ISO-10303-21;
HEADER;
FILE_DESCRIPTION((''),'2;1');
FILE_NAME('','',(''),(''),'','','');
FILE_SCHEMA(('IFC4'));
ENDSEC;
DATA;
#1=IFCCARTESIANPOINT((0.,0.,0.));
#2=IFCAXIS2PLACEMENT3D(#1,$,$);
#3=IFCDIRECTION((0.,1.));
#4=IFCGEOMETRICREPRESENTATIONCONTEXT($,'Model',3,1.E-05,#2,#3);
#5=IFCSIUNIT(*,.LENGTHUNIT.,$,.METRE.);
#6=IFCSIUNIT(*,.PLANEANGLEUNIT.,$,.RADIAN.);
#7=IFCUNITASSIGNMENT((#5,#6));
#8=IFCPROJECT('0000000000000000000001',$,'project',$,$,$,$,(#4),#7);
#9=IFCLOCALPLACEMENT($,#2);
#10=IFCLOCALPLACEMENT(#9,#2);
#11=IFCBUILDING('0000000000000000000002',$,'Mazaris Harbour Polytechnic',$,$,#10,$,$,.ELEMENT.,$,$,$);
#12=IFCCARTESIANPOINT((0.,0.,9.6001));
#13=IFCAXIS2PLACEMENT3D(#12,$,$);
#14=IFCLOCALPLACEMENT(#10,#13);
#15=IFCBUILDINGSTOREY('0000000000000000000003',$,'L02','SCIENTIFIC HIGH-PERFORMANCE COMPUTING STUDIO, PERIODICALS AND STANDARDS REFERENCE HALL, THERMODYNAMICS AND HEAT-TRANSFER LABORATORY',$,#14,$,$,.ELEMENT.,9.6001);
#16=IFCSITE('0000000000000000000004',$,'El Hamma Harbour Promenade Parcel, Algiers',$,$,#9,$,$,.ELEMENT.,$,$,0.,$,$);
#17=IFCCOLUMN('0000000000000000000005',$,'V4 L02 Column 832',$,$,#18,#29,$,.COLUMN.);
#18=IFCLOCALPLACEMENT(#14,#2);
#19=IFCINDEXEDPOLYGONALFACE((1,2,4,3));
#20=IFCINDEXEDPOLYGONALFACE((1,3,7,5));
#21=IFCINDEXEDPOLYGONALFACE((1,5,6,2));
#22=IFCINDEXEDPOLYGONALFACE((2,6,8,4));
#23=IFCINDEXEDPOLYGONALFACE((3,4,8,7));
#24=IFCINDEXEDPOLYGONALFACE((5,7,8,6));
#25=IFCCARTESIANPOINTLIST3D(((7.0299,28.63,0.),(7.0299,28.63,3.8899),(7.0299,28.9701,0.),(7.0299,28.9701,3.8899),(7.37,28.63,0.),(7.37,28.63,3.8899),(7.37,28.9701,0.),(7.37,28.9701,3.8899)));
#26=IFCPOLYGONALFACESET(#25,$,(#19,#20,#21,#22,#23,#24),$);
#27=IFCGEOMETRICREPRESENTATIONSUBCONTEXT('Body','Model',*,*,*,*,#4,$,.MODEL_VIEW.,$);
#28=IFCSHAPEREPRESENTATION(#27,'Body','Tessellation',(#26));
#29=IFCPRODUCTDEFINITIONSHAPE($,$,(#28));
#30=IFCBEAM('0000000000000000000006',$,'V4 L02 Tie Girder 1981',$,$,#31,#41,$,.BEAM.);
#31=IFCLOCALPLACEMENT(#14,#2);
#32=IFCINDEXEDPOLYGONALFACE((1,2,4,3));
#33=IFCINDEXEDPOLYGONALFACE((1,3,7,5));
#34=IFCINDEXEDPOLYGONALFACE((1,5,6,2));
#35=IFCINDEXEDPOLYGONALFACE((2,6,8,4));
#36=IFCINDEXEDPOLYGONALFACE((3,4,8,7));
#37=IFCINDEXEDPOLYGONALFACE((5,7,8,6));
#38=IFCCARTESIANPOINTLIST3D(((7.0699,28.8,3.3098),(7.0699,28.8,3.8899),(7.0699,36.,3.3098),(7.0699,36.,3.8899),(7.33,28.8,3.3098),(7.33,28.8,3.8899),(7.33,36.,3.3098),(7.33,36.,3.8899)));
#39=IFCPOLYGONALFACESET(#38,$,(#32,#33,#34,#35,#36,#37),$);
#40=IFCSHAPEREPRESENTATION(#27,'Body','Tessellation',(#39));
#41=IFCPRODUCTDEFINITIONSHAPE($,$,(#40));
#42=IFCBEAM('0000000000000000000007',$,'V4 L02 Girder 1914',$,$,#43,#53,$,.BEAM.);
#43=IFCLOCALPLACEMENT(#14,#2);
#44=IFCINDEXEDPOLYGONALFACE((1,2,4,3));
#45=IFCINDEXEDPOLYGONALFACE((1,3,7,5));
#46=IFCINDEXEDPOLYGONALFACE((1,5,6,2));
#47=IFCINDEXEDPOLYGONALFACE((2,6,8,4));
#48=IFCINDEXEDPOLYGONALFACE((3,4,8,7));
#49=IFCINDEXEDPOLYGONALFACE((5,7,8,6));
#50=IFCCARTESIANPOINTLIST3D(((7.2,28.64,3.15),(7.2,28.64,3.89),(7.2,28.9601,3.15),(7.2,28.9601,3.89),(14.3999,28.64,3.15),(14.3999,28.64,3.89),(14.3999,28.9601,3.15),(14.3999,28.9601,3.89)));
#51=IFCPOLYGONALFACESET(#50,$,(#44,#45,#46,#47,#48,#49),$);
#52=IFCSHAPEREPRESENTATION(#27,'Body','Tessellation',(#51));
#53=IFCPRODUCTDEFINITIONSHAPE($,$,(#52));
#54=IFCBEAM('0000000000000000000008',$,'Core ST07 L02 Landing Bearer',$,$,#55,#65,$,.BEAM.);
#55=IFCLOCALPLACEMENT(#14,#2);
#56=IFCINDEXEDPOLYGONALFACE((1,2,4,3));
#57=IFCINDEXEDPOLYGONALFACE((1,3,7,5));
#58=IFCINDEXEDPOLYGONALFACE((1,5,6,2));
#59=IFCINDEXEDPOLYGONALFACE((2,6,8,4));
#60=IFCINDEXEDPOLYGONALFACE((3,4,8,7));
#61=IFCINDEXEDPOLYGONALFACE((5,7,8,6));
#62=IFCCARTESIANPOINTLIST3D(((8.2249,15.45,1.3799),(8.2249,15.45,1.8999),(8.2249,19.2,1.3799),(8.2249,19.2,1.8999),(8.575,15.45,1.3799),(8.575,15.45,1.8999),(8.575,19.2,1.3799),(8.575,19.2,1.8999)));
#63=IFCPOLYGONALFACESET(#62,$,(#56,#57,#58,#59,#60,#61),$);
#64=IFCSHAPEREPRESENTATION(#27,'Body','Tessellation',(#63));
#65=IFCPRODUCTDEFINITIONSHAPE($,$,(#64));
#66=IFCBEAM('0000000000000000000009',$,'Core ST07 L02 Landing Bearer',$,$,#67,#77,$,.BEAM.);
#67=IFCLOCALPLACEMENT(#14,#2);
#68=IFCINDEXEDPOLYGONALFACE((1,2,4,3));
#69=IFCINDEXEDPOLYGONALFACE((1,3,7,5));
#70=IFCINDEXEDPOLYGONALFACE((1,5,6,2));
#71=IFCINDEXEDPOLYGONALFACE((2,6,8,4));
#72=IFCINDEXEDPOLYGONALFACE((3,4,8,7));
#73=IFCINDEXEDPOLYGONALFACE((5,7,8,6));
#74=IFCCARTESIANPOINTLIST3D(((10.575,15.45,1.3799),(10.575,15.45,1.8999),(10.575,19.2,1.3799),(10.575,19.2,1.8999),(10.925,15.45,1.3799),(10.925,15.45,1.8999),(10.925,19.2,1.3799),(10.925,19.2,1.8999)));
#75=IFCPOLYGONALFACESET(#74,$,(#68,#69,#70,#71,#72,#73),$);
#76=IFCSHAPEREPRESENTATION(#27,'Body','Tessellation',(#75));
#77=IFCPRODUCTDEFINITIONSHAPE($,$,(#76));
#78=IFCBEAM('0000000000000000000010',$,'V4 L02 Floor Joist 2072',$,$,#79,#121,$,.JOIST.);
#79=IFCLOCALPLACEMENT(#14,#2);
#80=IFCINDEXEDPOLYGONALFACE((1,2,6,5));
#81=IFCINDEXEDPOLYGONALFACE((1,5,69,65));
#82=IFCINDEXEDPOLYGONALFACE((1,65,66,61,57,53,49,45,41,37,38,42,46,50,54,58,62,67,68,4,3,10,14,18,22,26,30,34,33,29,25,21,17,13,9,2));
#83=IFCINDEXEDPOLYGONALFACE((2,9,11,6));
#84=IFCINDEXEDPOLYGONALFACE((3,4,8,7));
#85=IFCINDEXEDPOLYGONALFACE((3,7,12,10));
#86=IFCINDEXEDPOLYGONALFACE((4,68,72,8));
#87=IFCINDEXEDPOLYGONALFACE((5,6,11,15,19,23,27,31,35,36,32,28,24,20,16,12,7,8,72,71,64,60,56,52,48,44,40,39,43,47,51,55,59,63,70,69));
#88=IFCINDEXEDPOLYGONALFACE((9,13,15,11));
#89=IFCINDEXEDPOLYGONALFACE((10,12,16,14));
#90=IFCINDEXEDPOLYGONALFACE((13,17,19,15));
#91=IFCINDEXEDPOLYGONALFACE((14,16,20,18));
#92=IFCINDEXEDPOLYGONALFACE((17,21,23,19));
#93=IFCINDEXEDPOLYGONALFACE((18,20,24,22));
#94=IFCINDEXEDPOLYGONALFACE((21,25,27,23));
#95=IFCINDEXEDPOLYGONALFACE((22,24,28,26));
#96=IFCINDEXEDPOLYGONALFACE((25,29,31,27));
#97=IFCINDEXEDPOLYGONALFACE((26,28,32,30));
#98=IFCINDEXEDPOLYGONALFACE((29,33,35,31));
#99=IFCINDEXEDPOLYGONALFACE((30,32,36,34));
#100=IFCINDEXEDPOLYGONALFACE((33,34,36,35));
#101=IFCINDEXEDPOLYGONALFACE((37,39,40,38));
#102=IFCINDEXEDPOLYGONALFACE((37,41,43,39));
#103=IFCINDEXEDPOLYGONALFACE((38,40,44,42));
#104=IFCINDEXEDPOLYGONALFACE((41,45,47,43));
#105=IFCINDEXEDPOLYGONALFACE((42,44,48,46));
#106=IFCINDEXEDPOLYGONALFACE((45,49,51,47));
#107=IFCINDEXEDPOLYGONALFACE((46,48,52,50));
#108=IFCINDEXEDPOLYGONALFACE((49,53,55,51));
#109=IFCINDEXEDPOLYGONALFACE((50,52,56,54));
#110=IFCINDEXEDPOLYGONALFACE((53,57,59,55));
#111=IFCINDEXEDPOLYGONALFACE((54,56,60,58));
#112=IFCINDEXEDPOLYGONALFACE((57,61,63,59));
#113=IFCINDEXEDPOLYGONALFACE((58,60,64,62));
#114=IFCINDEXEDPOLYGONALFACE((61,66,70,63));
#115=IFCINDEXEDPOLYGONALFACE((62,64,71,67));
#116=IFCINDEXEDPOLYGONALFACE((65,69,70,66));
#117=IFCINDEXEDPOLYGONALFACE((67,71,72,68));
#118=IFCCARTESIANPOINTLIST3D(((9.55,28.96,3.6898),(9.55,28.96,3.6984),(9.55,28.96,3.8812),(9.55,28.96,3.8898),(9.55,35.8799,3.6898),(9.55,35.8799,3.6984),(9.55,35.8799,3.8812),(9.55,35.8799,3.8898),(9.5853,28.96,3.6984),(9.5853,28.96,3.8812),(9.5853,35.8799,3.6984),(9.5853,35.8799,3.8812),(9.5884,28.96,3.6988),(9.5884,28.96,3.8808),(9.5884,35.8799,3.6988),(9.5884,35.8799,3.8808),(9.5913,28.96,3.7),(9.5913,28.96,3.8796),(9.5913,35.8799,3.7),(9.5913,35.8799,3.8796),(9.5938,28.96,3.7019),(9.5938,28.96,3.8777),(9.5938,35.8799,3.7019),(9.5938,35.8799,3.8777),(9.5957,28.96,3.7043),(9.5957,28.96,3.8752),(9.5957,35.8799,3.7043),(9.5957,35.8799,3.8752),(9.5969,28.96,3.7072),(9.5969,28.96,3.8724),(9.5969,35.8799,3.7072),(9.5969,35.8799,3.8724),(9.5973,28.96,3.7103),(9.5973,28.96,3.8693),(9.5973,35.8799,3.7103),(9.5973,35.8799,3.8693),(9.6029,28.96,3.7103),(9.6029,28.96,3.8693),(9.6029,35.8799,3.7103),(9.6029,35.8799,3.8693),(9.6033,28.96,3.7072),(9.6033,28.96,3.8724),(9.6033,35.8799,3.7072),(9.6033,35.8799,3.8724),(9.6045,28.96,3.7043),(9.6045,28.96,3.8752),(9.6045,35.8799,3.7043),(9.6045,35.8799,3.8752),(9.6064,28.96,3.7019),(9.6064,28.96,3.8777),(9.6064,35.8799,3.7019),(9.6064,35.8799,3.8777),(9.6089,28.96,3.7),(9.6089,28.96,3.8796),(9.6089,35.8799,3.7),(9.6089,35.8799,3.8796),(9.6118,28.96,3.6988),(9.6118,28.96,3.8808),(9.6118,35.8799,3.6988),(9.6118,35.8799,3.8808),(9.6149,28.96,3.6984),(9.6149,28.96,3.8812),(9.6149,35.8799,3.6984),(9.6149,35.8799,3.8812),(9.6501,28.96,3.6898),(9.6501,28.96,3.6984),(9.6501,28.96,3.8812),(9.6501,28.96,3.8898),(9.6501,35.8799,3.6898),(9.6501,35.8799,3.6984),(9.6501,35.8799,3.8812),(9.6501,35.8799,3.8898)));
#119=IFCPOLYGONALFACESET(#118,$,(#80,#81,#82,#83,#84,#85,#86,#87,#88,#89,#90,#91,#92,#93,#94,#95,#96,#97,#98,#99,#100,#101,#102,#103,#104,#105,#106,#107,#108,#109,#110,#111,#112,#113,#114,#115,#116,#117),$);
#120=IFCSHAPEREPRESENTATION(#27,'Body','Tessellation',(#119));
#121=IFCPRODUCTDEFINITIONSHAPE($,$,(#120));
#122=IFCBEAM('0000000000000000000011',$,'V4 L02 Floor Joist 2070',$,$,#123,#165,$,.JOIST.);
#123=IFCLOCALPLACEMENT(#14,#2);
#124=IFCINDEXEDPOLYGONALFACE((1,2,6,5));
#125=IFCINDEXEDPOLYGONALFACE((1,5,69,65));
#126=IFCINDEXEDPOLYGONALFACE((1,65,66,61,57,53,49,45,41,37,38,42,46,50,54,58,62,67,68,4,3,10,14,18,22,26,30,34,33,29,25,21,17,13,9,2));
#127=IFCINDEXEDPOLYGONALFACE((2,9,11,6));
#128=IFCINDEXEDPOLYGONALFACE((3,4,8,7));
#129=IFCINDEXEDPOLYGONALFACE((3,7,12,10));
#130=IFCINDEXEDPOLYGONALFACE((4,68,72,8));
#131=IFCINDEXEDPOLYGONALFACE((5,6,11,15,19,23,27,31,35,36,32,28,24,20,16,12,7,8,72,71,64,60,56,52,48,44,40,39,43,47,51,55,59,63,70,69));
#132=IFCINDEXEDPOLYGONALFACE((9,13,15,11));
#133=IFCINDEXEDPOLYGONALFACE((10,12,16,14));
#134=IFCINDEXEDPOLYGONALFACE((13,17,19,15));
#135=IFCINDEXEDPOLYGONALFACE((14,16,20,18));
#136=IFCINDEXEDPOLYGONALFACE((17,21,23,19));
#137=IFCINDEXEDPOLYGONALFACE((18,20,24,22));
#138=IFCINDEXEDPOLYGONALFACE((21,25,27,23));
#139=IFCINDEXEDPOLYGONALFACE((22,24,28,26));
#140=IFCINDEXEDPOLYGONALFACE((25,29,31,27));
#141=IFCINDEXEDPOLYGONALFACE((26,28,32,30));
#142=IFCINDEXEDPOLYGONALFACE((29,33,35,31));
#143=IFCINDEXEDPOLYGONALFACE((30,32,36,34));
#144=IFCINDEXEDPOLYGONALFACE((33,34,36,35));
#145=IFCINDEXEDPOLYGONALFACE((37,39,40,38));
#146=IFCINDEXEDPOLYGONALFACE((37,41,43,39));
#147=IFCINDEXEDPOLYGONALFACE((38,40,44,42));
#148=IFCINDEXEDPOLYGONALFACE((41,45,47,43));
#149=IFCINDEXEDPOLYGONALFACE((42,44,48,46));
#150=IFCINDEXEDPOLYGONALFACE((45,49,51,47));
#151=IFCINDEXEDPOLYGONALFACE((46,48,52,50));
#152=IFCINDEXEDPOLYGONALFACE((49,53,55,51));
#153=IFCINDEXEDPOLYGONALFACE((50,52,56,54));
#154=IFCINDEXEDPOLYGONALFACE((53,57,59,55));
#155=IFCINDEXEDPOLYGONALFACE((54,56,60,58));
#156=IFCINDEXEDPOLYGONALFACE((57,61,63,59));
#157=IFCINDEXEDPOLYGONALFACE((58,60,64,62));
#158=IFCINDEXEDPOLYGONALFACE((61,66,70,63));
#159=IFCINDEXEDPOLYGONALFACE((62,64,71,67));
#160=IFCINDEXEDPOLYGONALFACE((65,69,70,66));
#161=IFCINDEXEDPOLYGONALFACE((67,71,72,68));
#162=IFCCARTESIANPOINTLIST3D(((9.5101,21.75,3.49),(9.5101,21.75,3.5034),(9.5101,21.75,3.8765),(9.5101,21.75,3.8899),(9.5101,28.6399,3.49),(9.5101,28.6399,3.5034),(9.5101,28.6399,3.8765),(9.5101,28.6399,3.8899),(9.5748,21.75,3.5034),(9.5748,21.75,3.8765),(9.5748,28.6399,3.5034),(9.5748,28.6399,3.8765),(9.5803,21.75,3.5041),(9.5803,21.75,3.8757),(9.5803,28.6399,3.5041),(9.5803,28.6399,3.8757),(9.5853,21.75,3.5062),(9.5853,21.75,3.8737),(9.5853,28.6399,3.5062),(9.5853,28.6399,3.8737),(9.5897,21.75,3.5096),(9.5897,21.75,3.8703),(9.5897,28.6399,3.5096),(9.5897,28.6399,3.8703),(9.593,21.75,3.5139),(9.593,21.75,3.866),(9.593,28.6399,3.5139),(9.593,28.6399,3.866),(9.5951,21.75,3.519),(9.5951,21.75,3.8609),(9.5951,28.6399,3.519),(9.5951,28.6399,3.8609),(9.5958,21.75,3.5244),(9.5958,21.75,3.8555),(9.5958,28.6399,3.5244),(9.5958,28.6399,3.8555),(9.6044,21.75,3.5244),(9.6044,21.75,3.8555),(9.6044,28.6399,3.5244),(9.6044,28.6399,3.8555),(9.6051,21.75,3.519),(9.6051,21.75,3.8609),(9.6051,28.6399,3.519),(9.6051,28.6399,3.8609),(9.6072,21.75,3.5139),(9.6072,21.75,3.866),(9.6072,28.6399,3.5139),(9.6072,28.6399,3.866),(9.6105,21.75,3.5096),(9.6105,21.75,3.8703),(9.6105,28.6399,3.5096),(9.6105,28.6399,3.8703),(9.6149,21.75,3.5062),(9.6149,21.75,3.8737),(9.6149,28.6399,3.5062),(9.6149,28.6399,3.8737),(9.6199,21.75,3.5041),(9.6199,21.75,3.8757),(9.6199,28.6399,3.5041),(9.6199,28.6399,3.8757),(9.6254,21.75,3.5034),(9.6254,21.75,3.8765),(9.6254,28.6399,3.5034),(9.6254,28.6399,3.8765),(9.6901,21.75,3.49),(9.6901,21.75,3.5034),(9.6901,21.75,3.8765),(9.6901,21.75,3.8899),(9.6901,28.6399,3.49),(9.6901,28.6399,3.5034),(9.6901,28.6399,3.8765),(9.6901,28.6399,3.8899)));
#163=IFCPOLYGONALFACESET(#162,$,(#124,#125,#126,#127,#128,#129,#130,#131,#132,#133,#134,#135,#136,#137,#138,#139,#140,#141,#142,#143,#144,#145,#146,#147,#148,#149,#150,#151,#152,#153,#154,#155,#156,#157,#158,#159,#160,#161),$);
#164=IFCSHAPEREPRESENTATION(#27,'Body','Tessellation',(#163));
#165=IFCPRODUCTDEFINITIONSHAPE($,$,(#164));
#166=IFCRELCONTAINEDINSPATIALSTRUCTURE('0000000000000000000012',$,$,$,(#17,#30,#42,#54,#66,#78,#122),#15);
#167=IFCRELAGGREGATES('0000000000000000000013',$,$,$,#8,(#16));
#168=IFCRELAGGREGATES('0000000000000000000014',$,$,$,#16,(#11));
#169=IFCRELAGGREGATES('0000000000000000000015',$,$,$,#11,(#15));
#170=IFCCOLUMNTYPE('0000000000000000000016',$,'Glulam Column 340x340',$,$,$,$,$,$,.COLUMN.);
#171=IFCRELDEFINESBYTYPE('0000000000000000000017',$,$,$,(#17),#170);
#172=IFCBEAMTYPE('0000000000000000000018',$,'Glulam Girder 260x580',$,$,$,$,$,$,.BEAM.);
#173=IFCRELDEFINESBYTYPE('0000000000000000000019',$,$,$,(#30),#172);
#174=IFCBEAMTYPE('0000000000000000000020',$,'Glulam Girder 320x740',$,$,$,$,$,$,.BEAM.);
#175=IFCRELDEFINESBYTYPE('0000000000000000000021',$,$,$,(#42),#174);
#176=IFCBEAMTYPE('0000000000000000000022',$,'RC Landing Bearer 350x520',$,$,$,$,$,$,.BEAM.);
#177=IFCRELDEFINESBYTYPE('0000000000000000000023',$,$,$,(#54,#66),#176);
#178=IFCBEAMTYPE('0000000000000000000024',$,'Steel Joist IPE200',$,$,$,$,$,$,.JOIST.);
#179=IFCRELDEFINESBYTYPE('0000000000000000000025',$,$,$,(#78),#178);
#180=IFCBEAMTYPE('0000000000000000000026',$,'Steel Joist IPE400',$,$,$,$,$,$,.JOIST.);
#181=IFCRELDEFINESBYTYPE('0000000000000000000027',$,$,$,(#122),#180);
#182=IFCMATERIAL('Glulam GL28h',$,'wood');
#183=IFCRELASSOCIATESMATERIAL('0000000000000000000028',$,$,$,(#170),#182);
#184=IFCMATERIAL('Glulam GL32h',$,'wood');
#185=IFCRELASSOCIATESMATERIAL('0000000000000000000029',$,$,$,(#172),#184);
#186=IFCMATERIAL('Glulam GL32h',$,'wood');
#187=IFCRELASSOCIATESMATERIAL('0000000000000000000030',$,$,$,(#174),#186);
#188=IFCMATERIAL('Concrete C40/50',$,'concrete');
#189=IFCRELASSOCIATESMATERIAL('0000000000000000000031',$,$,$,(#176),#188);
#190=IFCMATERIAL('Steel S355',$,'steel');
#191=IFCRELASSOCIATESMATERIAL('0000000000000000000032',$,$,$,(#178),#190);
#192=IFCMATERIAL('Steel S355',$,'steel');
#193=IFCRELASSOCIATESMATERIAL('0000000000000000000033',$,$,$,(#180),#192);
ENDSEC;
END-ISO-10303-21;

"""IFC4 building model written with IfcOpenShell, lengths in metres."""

from ifc_helpers import new_model, si_unit, direction, frame, origin, origin_2d, place, context, subcontext, project, spatial, rectangle, i_section, extrude, material, material_profile, profile_set, type_object, element, save


model = new_model("IFC4")

# Units and contexts
model_context = context("Model", 3, precision=1e-05, world=origin(), true_north=direction((0.0, 1.0)))
body_context = subcontext(model_context, "Body", "Model", "MODEL_VIEW")
ifc_project = project(units=[si_unit("LENGTHUNIT", "METRE"), si_unit("PLANEANGLEUNIT", "RADIAN")], contexts=[model_context])

# Site, building, storey
site_placement = place(None, origin())
site = spatial("IfcSite", under=ifc_project, at=site_placement, Name="El Hamma Harbour Promenade Parcel, Algiers", CompositionType="ELEMENT", RefElevation=0.0)
building_placement = place(site_placement, origin())
building = spatial("IfcBuilding", under=site, at=building_placement, Name="Mazaris Harbour Polytechnic", CompositionType="ELEMENT")
storey_placement = place(building_placement, frame((0.0, 0.0, 9.6001)))
storey = spatial("IfcBuildingStorey", under=building, at=storey_placement, Name="L02", Description="SCIENTIFIC HIGH-PERFORMANCE COMPUTING STUDIO, PERIODICALS AND STANDARDS REFERENCE HALL, THERMODYNAMICS AND HEAT-TRANSFER LABORATORY", CompositionType="ELEMENT", Elevation=9.6001)

# Column
ifc_material_1 = material(Name="Glulam GL28h", Category="wood")
ifc_material_profile_1 = material_profile(ifc_material_1, rectangle(XDim=0.3401, YDim=0.3401, at=origin_2d()), Name="RECT340x340")
ifc_profile_set_1 = profile_set([ifc_material_profile_1], Name="Glulam GL28h")
column_type = type_object("IfcColumnType", Name="Glulam Column 340x340", PredefinedType="COLUMN", material=ifc_profile_set_1)
column_placement = place(storey_placement, frame((7.2, 28.8, 0.0), z_axis=(0.0, 0.0, 1.0), x_axis=(1.0, 0.0, 0.0)))
element("IfcColumn", 1, at=column_placement, inside=storey, type_object=column_type, Name="V4 L02 Column 832", PredefinedType="COLUMN", context=body_context, shape_type="SweptSolid", body=[
    extrude(rectangle(XDim=0.3401, YDim=0.3401, at=origin_2d()), origin(), (0.0, 0.0, 1.0), 3.8899),
])

# Beams
ifc_material_2 = material(Name="Glulam GL32h", Category="wood")
ifc_material_profile_2 = material_profile(ifc_material_2, rectangle(XDim=0.26, YDim=0.5801, at=origin_2d()), Name="RECT260x580")
ifc_profile_set_2 = profile_set([ifc_material_profile_2], Name="Glulam GL32h")
beam_type_1 = type_object("IfcBeamType", Name="Glulam Girder 260x580", PredefinedType="BEAM", material=ifc_profile_set_2)
beam_1_placement = place(storey_placement, frame((7.2, 28.8, 3.5999), z_axis=(0.0, 1.0, 0.0), x_axis=(-1.0, 0.0, 0.0)))
element("IfcBeam", 2, at=beam_1_placement, inside=storey, type_object=beam_type_1, Name="V4 L02 Tie Girder 1981", PredefinedType="BEAM", context=body_context, shape_type="SweptSolid", body=[
    extrude(rectangle(XDim=0.26, YDim=0.5801, at=origin_2d()), origin(), (0.0, 0.0, 1.0), 7.2),
])
ifc_material_3 = material(Name="Glulam GL32h", Category="wood")
ifc_material_profile_3 = material_profile(ifc_material_3, rectangle(XDim=0.3201, YDim=0.74, at=origin_2d()), Name="RECT320x740")
ifc_profile_set_3 = profile_set([ifc_material_profile_3], Name="Glulam GL32h")
beam_type_2 = type_object("IfcBeamType", Name="Glulam Girder 320x740", PredefinedType="BEAM", material=ifc_profile_set_3)
beam_2_placement = place(storey_placement, frame((7.2, 28.8, 3.52), z_axis=(1.0, 0.0, 0.0), x_axis=(0.0, 1.0, 0.0)))
element("IfcBeam", 3, at=beam_2_placement, inside=storey, type_object=beam_type_2, Name="V4 L02 Girder 1914", PredefinedType="BEAM", context=body_context, shape_type="SweptSolid", body=[
    extrude(rectangle(XDim=0.3201, YDim=0.74, at=origin_2d()), origin(), (0.0, 0.0, 1.0), 7.2),
])
ifc_material_4 = material(Name="Concrete C40/50", Category="concrete")
ifc_material_profile_4 = material_profile(ifc_material_4, rectangle(XDim=0.3501, YDim=0.52, at=origin_2d()), Name="RECT350x520")
ifc_profile_set_4 = profile_set([ifc_material_profile_4], Name="Concrete C40/50")
beam_type_3 = type_object("IfcBeamType", Name="RC Landing Bearer 350x520", PredefinedType="BEAM", material=ifc_profile_set_4)
for number, where, z_axis, x_axis, name in (
    (4, (8.3999, 15.45, 1.6399), (0.0, 1.0, 0.0), (-1.0, 0.0, 0.0), "Core ST07 L02 Landing Bearer"),
    (5, (10.75, 15.45, 1.6399), (0.0, 1.0, 0.0), (-1.0, 0.0, 0.0), "Core ST07 L02 Landing Bearer"),
):
    element("IfcBeam", number, at=place(storey_placement, frame(where, z_axis=z_axis, x_axis=x_axis)), inside=storey, type_object=beam_type_3, Name=name, PredefinedType="BEAM", context=body_context, shape_type="SweptSolid", body=[
        extrude(rectangle(XDim=0.3501, YDim=0.52, at=origin_2d()), origin(), (0.0, 0.0, 1.0), 3.75),
    ])
ifc_material_5 = material(Name="Steel S355", Category="steel")
ifc_material_profile_5 = material_profile(ifc_material_5, i_section(OverallWidth=0.1001, OverallDepth=0.2, WebThickness=0.0056, FlangeThickness=0.0085, FilletRadius=0.012, at=origin_2d()), Name="IPE 200")
ifc_profile_set_5 = profile_set([ifc_material_profile_5], Name="Steel S355")
beam_type_4 = type_object("IfcBeamType", Name="Steel Joist IPE200", PredefinedType="JOIST", material=ifc_profile_set_5)
beam_3_placement = place(storey_placement, frame((9.6001, 28.96, 3.7898), z_axis=(0.0, 1.0, 0.0), x_axis=(-1.0, 0.0, 0.0)))
element("IfcBeam", 6, at=beam_3_placement, inside=storey, type_object=beam_type_4, Name="V4 L02 Floor Joist 2072", PredefinedType="JOIST", context=body_context, shape_type="SweptSolid", body=[
    extrude(i_section(OverallWidth=0.1001, OverallDepth=0.2, WebThickness=0.0056, FlangeThickness=0.0085, FilletRadius=0.012, at=origin_2d()), origin(), (0.0, 0.0, 1.0), 6.9199),
])
ifc_material_6 = material(Name="Steel S355", Category="steel")
ifc_material_profile_6 = material_profile(ifc_material_6, i_section(OverallWidth=0.1799, OverallDepth=0.3999, WebThickness=0.0085, FlangeThickness=0.0134, FilletRadius=0.021, at=origin_2d()), Name="IPE 400")
ifc_profile_set_6 = profile_set([ifc_material_profile_6], Name="Steel S355")
beam_type_5 = type_object("IfcBeamType", Name="Steel Joist IPE400", PredefinedType="JOIST", material=ifc_profile_set_6)
beam_4_placement = place(storey_placement, frame((9.6001, 21.75, 3.6899), z_axis=(0.0, 1.0, 0.0), x_axis=(-1.0, 0.0, 0.0)))
element("IfcBeam", 7, at=beam_4_placement, inside=storey, type_object=beam_type_5, Name="V4 L02 Floor Joist 2070", PredefinedType="JOIST", context=body_context, shape_type="SweptSolid", body=[
    extrude(i_section(OverallWidth=0.1799, OverallDepth=0.3999, WebThickness=0.0085, FlangeThickness=0.0134, FilletRadius=0.021, at=origin_2d()), origin(), (0.0, 0.0, 1.0), 6.8899),
])

save(model, "model.ifc")
